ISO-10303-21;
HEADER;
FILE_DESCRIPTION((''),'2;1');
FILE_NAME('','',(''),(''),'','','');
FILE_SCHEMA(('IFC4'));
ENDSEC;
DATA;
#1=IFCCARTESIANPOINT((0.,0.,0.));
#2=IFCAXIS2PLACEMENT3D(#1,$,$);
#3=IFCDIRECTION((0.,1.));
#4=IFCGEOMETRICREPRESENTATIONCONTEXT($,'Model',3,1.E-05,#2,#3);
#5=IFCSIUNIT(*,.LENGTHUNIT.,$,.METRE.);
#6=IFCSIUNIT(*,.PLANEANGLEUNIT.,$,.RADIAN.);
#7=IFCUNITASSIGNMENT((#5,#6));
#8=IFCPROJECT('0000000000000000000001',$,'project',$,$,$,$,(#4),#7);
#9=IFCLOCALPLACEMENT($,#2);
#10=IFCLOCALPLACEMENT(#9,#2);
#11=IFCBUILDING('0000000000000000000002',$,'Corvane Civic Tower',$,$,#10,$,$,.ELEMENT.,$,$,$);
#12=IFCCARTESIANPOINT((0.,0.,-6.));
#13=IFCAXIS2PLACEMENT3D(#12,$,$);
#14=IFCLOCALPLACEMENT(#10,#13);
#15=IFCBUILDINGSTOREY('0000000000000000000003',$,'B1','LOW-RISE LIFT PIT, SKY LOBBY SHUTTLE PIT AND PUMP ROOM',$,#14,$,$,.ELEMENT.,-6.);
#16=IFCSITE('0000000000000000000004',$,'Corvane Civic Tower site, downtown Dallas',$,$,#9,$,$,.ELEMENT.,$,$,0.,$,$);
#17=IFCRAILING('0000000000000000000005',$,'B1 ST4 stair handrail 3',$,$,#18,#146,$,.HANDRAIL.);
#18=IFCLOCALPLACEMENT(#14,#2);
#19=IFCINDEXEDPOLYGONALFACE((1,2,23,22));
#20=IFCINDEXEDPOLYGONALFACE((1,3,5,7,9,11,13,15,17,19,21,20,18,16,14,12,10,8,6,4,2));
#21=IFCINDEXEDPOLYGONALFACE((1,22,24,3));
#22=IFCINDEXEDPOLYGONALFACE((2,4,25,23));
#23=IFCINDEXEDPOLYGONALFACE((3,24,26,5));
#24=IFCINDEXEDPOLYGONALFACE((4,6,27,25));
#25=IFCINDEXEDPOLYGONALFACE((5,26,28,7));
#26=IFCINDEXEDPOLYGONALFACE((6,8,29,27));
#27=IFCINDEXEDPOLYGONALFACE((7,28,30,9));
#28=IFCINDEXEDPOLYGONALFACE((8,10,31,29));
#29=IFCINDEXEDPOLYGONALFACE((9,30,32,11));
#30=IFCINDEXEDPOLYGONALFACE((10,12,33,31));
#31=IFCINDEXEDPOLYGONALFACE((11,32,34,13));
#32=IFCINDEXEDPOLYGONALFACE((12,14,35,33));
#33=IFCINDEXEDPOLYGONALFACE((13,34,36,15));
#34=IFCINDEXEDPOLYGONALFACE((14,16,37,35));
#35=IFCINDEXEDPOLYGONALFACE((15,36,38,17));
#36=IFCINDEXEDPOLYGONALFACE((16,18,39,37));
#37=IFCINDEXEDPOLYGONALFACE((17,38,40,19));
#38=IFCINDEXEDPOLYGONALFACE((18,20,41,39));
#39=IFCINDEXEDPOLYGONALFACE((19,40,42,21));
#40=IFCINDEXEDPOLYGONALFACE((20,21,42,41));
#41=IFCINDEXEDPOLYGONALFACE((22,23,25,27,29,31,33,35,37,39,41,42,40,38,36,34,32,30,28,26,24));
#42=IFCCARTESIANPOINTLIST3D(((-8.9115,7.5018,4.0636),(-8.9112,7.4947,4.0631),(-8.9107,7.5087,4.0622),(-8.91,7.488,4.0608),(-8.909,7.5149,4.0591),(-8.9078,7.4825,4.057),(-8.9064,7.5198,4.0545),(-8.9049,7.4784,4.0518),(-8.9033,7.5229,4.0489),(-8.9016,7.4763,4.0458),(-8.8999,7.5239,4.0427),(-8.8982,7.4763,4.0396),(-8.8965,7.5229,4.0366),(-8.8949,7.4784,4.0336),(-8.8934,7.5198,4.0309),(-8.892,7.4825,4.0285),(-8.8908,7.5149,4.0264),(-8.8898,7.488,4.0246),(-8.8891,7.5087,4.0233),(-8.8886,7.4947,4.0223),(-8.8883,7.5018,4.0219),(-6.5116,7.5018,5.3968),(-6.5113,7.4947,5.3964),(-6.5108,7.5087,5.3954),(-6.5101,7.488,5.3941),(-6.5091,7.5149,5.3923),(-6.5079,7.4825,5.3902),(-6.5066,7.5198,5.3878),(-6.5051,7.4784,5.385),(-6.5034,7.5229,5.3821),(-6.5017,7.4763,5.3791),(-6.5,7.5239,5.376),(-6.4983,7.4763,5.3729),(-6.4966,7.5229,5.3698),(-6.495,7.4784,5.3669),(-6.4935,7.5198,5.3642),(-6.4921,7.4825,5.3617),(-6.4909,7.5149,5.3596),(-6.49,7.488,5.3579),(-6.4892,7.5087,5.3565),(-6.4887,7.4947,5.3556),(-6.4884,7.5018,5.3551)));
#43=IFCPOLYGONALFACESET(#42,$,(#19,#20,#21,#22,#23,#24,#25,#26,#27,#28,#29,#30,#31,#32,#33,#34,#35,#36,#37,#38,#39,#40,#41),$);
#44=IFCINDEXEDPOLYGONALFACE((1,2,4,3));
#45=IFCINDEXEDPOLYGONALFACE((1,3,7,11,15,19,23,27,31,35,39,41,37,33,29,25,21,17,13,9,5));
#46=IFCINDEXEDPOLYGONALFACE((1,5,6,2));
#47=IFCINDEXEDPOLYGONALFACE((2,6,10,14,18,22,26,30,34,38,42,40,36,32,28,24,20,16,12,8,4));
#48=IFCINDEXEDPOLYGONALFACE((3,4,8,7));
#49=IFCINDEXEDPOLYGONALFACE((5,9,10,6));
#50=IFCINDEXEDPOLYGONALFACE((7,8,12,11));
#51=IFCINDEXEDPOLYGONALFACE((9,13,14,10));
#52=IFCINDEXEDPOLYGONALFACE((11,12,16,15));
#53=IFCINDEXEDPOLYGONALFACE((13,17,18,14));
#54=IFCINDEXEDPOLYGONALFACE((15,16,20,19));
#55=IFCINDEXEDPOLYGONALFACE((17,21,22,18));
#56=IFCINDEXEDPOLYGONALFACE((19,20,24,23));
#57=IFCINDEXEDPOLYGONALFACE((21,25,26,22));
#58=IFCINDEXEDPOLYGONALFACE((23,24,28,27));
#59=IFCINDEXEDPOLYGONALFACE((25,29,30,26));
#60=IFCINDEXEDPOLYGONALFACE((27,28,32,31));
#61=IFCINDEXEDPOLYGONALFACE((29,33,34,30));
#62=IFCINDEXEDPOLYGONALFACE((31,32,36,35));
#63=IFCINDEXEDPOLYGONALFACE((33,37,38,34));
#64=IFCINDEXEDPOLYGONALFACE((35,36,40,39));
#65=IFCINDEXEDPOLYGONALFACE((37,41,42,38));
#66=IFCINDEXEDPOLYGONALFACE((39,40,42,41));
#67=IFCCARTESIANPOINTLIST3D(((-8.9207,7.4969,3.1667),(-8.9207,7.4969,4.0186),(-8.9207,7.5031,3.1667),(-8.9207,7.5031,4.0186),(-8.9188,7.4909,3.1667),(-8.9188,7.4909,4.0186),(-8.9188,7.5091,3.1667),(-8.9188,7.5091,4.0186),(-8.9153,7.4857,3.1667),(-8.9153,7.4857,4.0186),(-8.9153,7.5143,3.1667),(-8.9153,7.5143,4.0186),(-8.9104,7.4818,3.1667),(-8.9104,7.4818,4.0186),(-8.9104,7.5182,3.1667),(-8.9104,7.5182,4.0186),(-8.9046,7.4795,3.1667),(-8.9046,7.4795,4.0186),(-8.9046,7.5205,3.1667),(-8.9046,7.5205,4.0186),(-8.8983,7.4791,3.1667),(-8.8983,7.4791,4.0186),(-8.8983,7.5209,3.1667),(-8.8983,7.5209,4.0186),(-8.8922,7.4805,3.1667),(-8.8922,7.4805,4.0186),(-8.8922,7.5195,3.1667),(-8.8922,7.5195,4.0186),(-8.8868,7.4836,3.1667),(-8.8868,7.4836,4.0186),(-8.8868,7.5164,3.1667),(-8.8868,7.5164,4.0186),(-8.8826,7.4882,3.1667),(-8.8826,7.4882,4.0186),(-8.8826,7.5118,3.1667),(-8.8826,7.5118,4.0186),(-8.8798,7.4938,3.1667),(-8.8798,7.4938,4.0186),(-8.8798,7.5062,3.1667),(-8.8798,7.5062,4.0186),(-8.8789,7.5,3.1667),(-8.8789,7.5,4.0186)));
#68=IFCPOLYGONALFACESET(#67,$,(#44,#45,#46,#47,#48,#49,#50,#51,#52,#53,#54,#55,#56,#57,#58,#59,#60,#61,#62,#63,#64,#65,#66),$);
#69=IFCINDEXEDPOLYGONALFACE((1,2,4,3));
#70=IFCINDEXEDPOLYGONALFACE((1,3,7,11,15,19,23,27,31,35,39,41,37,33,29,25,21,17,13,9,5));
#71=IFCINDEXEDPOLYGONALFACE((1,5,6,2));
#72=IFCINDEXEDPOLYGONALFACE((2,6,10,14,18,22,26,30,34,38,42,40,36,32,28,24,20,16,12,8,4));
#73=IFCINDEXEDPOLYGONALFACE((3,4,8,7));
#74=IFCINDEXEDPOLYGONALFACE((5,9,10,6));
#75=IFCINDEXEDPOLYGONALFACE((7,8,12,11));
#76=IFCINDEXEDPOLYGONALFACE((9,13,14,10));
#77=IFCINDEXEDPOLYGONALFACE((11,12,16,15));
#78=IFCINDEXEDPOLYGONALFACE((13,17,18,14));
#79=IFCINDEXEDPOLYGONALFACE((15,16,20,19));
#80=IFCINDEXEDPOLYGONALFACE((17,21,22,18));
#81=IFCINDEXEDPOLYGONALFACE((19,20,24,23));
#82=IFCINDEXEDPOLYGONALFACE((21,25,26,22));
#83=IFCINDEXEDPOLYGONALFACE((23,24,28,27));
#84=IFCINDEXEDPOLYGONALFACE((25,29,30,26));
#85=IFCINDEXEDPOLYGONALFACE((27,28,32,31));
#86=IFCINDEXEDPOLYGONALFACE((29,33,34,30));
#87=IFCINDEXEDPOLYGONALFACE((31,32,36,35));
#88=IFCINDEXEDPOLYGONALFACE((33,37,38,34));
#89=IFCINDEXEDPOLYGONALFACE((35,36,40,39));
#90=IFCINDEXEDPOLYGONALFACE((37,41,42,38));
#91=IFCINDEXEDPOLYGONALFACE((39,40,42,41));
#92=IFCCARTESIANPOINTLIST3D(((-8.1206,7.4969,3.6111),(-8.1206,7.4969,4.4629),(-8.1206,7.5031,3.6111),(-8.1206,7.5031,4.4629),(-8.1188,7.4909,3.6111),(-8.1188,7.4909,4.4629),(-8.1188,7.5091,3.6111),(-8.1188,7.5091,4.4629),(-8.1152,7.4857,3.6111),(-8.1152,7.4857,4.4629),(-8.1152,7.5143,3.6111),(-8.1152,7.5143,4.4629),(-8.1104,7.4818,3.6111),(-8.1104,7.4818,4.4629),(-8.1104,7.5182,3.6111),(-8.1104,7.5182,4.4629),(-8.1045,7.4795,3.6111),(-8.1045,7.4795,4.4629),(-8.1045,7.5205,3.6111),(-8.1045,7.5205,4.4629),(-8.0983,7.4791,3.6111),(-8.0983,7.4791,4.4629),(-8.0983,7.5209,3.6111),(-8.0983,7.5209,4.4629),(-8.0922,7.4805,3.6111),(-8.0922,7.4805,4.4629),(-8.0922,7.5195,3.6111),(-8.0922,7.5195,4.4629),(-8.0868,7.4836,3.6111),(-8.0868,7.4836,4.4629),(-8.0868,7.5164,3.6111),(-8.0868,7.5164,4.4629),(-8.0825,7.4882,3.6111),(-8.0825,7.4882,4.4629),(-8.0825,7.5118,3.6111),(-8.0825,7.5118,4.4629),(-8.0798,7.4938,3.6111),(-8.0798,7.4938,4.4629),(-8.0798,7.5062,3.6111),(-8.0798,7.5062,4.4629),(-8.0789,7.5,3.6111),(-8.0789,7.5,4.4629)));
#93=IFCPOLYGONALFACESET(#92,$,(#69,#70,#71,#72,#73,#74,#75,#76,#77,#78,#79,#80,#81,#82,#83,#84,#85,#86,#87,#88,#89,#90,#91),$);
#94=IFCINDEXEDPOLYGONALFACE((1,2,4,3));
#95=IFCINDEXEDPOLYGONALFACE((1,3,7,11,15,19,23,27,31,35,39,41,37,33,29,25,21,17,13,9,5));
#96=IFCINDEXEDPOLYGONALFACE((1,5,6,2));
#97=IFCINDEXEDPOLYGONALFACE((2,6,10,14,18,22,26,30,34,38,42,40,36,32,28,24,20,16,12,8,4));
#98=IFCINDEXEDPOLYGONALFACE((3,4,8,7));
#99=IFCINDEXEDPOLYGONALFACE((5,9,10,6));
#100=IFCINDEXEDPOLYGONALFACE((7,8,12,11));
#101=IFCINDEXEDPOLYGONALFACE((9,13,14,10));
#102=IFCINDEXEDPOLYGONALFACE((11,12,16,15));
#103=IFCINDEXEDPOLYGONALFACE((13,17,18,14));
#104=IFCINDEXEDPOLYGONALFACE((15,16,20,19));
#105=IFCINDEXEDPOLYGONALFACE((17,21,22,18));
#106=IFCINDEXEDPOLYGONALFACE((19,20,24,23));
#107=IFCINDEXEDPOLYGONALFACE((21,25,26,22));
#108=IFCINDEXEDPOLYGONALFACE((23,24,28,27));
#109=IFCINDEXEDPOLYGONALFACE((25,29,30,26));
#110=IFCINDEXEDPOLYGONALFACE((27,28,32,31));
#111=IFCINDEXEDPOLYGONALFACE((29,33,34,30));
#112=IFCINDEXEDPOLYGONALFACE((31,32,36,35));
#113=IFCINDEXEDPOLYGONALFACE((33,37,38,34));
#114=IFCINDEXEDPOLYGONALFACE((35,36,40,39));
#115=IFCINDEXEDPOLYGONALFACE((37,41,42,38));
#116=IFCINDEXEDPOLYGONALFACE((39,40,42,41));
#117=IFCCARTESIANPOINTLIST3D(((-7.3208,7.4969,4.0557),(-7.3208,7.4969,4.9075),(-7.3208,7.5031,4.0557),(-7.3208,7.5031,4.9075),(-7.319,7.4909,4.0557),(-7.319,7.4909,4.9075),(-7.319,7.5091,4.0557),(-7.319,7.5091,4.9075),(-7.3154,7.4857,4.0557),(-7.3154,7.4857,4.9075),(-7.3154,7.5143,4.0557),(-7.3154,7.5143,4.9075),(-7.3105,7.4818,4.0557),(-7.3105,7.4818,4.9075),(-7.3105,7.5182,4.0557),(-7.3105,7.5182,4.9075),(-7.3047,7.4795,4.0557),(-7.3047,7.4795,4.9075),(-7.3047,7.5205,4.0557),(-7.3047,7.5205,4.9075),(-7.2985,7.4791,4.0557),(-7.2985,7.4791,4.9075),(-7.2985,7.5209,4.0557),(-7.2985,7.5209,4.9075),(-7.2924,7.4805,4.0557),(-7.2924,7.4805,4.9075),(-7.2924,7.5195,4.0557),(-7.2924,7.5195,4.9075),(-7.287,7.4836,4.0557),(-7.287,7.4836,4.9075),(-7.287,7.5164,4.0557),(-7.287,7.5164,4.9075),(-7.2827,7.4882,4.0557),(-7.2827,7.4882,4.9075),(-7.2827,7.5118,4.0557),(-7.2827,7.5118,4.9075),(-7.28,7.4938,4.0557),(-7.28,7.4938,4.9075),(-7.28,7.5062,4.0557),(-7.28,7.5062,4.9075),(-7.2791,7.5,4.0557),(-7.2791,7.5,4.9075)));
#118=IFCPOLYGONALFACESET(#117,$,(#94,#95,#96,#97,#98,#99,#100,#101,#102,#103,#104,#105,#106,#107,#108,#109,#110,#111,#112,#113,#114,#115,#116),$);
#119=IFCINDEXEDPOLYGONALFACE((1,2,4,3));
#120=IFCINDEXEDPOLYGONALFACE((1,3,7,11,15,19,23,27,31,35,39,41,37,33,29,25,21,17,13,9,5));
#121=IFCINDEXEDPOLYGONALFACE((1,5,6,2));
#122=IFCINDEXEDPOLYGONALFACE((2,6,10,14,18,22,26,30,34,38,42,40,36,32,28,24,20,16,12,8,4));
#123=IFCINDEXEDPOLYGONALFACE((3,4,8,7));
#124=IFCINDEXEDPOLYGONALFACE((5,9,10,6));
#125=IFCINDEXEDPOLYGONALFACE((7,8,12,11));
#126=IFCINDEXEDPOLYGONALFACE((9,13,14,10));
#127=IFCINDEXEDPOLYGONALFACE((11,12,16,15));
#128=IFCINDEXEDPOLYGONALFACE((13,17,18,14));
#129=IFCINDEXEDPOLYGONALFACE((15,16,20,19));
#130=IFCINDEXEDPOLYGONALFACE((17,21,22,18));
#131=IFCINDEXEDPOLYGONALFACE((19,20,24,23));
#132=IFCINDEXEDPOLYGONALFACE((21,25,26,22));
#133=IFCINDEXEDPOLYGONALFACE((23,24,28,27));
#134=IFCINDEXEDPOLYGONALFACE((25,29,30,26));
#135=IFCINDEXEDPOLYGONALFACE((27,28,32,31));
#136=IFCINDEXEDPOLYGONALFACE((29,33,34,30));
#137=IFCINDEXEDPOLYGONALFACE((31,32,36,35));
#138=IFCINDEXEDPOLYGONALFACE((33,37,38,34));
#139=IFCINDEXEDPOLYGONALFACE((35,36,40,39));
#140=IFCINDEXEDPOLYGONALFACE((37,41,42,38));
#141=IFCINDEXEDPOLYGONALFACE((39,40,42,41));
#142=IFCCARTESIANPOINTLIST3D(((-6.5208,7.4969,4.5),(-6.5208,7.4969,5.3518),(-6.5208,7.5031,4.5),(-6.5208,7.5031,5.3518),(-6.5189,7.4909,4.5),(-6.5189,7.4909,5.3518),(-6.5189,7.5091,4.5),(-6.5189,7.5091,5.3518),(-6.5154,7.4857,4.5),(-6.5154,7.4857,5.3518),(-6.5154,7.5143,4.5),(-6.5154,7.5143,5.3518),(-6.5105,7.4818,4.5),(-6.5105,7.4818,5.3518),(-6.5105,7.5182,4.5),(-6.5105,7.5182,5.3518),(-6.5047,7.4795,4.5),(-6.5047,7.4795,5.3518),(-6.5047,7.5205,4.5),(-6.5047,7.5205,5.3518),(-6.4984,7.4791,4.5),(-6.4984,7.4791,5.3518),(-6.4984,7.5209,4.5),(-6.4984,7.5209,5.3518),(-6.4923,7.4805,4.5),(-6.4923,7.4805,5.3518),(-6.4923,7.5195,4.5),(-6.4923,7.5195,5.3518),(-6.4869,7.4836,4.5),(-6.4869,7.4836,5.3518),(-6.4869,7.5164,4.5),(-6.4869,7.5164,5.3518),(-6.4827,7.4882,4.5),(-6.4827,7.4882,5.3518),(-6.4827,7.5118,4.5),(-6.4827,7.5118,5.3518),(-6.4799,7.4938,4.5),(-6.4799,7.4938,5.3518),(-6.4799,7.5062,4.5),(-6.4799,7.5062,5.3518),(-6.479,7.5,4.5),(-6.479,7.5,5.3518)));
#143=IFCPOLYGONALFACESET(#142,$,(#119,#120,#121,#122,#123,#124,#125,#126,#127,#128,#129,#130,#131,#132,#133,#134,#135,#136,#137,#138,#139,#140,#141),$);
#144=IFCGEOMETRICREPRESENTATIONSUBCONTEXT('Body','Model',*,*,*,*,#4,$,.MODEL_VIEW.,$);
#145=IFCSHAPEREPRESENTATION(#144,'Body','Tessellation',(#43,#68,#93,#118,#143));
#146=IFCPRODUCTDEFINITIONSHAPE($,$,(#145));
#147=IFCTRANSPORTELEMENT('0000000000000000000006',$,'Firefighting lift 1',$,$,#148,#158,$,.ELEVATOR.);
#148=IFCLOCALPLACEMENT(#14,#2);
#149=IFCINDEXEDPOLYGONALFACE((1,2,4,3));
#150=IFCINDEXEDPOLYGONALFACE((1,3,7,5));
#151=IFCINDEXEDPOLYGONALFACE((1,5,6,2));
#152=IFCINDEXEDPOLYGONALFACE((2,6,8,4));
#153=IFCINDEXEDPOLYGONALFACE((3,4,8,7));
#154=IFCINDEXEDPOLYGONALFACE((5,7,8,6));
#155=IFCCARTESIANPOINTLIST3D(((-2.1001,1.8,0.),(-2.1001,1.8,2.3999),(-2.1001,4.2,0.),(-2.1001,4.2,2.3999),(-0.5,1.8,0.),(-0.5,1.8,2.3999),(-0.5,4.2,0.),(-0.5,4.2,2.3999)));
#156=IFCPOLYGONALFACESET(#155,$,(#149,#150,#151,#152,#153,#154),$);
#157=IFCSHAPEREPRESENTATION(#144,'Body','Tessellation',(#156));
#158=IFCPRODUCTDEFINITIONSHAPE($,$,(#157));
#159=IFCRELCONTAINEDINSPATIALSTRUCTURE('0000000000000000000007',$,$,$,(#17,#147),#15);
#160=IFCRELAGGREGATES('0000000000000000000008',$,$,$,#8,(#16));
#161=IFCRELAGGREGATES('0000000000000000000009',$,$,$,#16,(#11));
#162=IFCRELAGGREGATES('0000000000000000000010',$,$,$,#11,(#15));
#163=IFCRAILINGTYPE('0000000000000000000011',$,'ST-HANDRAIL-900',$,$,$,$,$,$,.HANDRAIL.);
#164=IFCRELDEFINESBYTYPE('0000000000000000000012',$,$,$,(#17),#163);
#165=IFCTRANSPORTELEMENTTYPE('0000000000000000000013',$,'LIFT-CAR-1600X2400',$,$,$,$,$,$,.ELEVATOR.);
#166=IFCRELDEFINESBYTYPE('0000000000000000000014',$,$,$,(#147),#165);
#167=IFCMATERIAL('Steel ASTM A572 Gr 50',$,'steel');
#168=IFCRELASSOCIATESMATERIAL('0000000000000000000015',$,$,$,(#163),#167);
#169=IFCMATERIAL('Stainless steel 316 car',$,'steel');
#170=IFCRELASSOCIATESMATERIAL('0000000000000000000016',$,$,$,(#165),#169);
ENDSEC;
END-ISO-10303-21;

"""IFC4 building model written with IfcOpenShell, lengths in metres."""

from ifc_helpers import new_model, si_unit, direction, frame, origin, origin_2d, place, context, subcontext, project, spatial, rectangle, circle, extrude, material, type_object, element, save


model = new_model("IFC4")

# Units and contexts
model_context = context("Model", 3, precision=1e-05, world=origin(), true_north=direction((0.0, 1.0)))
body_context = subcontext(model_context, "Body", "Model", "MODEL_VIEW")
ifc_project = project(units=[si_unit("LENGTHUNIT", "METRE"), si_unit("PLANEANGLEUNIT", "RADIAN")], contexts=[model_context])

# Site, building, storey
site_placement = place(None, origin())
site = spatial("IfcSite", under=ifc_project, at=site_placement, Name="Corvane Civic Tower site, downtown Dallas", CompositionType="ELEMENT", RefElevation=0.0)
building_placement = place(site_placement, origin())
building = spatial("IfcBuilding", under=site, at=building_placement, Name="Corvane Civic Tower", CompositionType="ELEMENT")
storey_placement = place(building_placement, frame((0.0, 0.0, -6.0)))
storey = spatial("IfcBuildingStorey", under=building, at=storey_placement, Name="B1", Description="LOW-RISE LIFT PIT, SKY LOBBY SHUTTLE PIT AND PUMP ROOM", CompositionType="ELEMENT", Elevation=-6.0)

# Railing
ifc_material_1 = material(Name="Steel ASTM A572 Gr 50", Category="steel")
railing_type_1 = type_object("IfcRailingType", Name="ST-HANDRAIL-900", PredefinedType="HANDRAIL", material=ifc_material_1)
for number, where, name in (
    (1, (-8.8999, 7.5, 3.1667), "B1 ST4 stair handrail 3"),
):
    element("IfcRailing", number, at=place(storey_placement, frame(where)), inside=storey, type_object=railing_type_1, Name=name, PredefinedType="HANDRAIL", context=body_context, shape_type="SweptSolid", body=[
        extrude(circle(Radius=0.0239, at=origin_2d()), frame((0.0, 0.0, 0.876), z_axis=(0.874161, 0.0, 0.485635), x_axis=(0.0, 1.0, 0.0)), (0.0, 0.0, 1.0), 2.7454),
        extrude(circle(Radius=0.021, at=origin_2d()), origin(), (0.0, 0.0, 1.0), 0.8518),
        extrude(circle(Radius=0.021, at=origin_2d()), frame((0.8, 0.0, 0.4443)), (0.0, 0.0, 1.0), 0.8518),
        extrude(circle(Radius=0.021, at=origin_2d()), frame((1.5999, 0.0, 0.8889)), (0.0, 0.0, 1.0), 0.8518),
        extrude(circle(Radius=0.021, at=origin_2d()), frame((2.3999, 0.0, 1.3333)), (0.0, 0.0, 1.0), 0.8518),
    ])

# Transport element
ifc_material_2 = material(Name="Stainless steel 316 car", Category="steel")
transport_element_type = type_object("IfcTransportElementType", Name="LIFT-CAR-1600X2400", PredefinedType="ELEVATOR", material=ifc_material_2)
transport_element_placement = place(storey_placement, frame((-1.3, 3.0, 0.0), z_axis=(0.0, 0.0, 1.0), x_axis=(1.0, 0.0, 0.0)))
element("IfcTransportElement", 2, at=transport_element_placement, inside=storey, type_object=transport_element_type, Name="Firefighting lift 1", PredefinedType="ELEVATOR", context=body_context, shape_type="SweptSolid", body=[
    extrude(rectangle(XDim=1.6001, YDim=2.3999, at=origin_2d()), origin(), (0.0, 0.0, 1.0), 2.3999),
])

save(model, "model.ifc")
